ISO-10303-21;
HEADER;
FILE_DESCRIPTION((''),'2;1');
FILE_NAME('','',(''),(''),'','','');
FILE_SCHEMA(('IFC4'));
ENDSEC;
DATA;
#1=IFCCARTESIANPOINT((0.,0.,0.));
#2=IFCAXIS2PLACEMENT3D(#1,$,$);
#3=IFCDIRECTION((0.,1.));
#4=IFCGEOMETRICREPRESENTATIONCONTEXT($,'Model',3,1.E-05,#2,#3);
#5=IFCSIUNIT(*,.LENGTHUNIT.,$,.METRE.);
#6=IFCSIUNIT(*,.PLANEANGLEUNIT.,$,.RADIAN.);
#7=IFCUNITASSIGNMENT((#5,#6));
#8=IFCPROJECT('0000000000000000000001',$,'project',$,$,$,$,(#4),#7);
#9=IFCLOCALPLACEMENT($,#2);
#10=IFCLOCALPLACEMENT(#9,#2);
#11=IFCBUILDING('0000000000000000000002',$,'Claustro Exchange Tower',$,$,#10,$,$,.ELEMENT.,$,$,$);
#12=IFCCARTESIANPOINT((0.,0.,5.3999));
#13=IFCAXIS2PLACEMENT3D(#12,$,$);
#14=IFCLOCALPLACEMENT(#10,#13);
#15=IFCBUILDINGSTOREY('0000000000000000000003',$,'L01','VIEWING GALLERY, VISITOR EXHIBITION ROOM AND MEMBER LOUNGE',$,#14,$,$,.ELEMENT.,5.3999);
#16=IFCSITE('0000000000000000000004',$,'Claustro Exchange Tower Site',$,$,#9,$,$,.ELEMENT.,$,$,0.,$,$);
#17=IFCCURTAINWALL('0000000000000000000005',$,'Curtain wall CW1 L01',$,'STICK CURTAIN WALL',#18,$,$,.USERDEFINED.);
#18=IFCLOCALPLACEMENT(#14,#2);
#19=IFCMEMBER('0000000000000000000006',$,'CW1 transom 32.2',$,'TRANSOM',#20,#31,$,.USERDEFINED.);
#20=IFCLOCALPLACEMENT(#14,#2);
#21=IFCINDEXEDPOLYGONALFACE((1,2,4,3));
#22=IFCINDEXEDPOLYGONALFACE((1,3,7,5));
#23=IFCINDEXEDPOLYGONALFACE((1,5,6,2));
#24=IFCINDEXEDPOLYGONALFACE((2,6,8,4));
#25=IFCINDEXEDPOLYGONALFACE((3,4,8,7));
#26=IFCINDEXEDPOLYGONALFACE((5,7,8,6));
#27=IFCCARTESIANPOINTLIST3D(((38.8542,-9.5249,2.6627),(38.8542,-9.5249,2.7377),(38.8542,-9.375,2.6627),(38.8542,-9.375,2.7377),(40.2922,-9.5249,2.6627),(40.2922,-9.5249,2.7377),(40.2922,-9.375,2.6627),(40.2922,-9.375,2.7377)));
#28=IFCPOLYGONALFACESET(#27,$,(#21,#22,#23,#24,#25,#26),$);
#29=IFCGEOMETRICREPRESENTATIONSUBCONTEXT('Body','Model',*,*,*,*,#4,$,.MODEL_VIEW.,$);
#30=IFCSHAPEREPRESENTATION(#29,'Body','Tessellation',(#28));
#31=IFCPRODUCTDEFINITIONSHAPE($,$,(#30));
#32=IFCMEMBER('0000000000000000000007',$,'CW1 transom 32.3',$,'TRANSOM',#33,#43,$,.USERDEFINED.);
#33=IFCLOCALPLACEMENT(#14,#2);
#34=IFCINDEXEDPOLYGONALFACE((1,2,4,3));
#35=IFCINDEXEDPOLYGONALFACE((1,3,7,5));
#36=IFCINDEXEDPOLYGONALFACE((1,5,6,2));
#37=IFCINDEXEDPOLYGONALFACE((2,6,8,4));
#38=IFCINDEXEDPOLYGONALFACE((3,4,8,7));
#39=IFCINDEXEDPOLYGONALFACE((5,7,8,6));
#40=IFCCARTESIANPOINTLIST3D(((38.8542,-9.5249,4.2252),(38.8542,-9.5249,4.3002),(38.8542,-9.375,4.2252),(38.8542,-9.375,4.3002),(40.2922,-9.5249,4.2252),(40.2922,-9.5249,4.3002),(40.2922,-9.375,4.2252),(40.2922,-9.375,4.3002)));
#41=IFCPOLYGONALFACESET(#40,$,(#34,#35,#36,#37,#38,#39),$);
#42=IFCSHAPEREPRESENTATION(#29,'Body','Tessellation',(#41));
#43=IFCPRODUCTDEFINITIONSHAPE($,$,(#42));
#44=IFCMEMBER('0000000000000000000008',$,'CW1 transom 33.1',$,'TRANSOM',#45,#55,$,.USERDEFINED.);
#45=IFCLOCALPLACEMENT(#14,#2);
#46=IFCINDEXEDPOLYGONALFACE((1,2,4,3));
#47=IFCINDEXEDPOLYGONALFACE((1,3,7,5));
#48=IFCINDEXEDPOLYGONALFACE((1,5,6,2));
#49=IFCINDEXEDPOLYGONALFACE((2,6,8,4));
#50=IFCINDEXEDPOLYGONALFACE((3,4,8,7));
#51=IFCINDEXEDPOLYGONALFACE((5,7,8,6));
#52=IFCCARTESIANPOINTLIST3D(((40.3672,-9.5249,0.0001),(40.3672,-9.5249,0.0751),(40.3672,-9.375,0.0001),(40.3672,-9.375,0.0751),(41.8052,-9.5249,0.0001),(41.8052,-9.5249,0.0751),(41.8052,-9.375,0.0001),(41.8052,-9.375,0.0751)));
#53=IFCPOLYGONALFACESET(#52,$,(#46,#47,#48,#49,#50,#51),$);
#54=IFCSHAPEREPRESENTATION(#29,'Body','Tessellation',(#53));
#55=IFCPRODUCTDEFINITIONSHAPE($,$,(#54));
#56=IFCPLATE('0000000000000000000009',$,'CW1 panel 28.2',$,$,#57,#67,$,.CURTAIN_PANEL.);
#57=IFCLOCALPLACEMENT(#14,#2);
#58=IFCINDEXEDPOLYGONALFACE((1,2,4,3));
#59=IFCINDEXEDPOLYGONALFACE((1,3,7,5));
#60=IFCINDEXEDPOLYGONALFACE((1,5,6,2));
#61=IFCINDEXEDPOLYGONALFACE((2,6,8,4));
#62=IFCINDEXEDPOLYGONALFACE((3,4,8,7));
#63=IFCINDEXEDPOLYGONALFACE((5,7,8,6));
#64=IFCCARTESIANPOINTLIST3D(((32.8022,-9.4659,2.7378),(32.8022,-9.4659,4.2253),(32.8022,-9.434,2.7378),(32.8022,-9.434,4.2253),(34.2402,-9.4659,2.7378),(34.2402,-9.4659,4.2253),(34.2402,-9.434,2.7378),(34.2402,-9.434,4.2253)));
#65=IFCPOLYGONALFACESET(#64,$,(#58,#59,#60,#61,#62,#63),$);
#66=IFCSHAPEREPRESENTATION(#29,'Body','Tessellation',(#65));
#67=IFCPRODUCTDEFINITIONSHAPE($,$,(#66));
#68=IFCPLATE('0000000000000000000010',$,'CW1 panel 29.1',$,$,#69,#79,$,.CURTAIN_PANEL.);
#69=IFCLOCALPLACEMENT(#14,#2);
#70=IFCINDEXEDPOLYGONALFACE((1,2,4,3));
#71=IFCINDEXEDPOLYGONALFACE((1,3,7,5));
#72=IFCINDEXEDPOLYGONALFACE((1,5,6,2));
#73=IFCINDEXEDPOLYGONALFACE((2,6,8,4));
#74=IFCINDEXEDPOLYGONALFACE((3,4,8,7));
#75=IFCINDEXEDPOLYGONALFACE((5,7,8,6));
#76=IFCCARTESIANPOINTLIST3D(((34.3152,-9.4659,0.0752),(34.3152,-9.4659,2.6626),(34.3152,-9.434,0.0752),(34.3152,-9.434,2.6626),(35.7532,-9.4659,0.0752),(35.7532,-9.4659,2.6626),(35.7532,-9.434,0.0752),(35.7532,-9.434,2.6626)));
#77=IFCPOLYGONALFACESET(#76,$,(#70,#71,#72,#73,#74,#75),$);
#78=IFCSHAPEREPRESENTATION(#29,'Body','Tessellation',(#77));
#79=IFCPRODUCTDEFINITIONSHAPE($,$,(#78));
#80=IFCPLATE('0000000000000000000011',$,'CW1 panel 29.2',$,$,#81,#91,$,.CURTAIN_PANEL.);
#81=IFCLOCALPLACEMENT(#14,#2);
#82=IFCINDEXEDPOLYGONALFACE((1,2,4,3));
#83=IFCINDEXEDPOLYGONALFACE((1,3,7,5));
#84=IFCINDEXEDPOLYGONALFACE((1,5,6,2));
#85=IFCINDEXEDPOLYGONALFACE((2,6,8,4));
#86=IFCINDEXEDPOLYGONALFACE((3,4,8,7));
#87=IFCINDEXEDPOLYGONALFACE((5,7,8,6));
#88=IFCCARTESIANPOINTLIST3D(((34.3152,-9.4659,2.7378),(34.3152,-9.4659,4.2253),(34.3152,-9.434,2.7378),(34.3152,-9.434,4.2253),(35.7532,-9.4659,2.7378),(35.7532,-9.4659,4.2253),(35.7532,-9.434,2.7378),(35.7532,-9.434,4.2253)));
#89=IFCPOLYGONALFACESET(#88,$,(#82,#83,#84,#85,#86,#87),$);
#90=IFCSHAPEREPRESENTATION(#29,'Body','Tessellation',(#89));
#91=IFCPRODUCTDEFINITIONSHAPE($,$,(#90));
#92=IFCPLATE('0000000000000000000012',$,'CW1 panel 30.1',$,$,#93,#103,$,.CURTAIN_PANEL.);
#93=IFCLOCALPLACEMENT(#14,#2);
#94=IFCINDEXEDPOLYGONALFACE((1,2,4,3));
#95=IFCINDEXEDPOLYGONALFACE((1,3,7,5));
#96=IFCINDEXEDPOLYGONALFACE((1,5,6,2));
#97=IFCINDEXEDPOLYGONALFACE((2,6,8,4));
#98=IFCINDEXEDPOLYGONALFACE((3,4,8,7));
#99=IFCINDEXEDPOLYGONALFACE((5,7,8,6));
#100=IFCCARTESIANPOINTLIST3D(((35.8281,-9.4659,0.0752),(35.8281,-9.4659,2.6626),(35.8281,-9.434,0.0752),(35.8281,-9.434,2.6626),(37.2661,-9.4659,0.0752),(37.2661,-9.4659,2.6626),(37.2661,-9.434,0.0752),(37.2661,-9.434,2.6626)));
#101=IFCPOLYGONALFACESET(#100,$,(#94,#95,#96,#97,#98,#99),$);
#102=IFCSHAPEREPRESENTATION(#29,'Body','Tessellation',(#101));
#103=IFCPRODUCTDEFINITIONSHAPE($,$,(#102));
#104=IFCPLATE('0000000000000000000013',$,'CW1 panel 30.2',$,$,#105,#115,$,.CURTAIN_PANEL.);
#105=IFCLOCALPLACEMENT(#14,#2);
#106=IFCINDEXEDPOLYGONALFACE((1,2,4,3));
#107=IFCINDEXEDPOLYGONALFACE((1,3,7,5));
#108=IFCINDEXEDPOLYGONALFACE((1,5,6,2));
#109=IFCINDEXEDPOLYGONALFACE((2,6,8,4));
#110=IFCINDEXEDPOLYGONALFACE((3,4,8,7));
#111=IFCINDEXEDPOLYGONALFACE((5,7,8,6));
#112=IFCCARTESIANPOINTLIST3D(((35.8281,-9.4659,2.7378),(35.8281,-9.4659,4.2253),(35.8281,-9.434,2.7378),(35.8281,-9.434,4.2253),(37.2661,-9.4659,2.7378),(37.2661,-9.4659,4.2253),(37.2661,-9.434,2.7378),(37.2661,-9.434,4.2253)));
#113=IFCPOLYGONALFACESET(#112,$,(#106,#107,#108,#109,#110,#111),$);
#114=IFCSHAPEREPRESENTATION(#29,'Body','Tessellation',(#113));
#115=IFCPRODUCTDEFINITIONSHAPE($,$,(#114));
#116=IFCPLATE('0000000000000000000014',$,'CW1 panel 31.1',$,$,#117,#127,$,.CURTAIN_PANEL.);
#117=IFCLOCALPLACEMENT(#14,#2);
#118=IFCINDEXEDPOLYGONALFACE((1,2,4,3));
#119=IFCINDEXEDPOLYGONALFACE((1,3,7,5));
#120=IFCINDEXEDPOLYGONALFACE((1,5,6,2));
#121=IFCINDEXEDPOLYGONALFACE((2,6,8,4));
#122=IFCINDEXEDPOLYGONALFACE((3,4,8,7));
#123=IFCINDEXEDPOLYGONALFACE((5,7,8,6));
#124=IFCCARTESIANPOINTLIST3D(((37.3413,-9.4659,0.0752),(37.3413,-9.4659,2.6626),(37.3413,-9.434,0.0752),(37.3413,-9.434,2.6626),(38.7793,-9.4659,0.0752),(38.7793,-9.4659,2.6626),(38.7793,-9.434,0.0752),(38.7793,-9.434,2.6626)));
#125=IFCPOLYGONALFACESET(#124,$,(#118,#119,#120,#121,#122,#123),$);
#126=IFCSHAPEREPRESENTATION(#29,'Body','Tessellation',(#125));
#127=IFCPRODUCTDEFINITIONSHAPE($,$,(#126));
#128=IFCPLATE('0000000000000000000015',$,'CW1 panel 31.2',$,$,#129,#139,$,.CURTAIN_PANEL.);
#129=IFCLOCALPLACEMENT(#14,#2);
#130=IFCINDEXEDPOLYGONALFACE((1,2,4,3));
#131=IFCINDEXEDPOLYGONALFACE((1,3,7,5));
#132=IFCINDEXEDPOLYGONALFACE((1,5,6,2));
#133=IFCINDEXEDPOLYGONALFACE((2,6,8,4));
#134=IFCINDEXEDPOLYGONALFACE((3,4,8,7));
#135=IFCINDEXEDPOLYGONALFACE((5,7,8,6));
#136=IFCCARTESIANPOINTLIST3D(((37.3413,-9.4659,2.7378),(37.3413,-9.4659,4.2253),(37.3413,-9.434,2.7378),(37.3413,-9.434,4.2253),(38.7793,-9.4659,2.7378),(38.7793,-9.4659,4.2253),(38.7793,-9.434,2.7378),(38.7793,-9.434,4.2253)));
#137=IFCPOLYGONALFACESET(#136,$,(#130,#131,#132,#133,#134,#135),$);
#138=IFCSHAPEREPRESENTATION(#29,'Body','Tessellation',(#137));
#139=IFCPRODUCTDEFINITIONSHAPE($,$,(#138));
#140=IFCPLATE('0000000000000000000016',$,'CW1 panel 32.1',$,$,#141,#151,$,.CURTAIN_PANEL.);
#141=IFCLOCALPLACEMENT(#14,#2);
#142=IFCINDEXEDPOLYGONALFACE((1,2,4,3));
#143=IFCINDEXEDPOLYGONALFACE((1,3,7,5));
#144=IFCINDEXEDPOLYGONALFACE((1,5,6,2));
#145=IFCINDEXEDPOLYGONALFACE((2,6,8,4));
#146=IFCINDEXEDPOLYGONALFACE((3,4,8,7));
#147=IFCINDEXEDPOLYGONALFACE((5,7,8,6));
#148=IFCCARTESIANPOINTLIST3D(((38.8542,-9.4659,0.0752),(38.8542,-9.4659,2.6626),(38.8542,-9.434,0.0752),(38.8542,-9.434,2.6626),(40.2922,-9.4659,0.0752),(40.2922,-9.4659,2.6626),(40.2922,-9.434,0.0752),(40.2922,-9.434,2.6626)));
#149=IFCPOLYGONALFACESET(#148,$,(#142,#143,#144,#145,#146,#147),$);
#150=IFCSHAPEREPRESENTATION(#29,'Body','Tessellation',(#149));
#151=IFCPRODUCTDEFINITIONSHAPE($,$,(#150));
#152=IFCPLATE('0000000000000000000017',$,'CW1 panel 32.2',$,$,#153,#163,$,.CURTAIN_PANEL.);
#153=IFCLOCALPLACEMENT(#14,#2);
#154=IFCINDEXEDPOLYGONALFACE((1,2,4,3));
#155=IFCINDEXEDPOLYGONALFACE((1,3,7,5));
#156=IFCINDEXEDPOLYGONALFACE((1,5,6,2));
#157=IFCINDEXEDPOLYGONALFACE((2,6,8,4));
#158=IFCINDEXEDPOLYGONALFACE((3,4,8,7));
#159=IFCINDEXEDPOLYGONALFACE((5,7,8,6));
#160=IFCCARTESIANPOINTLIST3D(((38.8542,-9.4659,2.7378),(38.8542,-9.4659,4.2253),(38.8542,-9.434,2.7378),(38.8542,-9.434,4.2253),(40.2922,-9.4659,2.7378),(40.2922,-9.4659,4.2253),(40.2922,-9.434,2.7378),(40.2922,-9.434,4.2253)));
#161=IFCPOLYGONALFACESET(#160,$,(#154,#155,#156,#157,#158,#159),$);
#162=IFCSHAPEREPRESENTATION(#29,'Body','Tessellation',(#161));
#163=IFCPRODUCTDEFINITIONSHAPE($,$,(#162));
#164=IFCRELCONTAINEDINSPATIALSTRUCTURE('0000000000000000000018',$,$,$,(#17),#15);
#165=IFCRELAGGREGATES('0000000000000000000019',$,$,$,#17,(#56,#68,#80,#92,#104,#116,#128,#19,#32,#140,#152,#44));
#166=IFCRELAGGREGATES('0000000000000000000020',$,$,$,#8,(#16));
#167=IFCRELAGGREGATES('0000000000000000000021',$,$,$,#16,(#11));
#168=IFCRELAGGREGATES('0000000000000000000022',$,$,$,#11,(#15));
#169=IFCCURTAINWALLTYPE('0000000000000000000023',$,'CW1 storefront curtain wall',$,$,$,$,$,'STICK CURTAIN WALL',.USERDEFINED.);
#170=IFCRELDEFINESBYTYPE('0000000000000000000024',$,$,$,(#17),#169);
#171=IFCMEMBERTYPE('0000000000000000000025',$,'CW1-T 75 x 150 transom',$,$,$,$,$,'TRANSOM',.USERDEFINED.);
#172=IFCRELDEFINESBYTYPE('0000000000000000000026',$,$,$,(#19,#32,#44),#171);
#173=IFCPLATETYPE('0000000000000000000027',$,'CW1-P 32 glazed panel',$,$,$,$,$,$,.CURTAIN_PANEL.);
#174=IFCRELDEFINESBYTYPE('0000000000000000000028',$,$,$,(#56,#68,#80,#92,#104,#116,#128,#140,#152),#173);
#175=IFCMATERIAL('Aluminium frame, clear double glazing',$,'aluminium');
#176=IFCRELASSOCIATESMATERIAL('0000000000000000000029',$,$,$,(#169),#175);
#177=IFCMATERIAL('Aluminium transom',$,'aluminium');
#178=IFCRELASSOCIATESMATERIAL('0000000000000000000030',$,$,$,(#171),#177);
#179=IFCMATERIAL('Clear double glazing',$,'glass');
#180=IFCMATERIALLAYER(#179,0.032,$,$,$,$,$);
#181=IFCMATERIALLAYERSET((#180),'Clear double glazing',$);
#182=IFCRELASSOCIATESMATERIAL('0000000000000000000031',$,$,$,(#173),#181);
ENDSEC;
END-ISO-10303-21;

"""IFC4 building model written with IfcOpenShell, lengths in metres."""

from ifc_helpers import new_model, si_unit, direction, frame, origin, origin_2d, place, context, subcontext, project, spatial, rectangle, extrude, material, layer, layer_set, material_profile, profile_set, type_object, element, aggregate, save


model = new_model("IFC4")

# Units and contexts
model_context = context("Model", 3, precision=1e-05, world=origin(), true_north=direction((0.0, 1.0)))
body_context = subcontext(model_context, "Body", "Model", "MODEL_VIEW")
ifc_project = project(units=[si_unit("LENGTHUNIT", "METRE"), si_unit("PLANEANGLEUNIT", "RADIAN")], contexts=[model_context])

# Site, building, storey
site_placement = place(None, origin())
site = spatial("IfcSite", under=ifc_project, at=site_placement, Name="Claustro Exchange Tower Site", CompositionType="ELEMENT", RefElevation=0.0)
building_placement = place(site_placement, origin())
building = spatial("IfcBuilding", under=site, at=building_placement, Name="Claustro Exchange Tower", CompositionType="ELEMENT")
storey_placement = place(building_placement, frame((0.0, 0.0, 5.3999)))
storey = spatial("IfcBuildingStorey", under=building, at=storey_placement, Name="L01", Description="VIEWING GALLERY, VISITOR EXHIBITION ROOM AND MEMBER LOUNGE", CompositionType="ELEMENT", Elevation=5.3999)

# Curtain wall, members, plates
ifc_material_1 = material(Name="Aluminium frame, clear double glazing", Category="aluminium")
curtain_wall_type = type_object("IfcCurtainWallType", Name="CW1 storefront curtain wall", ElementType="STICK CURTAIN WALL", PredefinedType="USERDEFINED", material=ifc_material_1)
curtain_wall_placement = place(storey_placement, origin())
curtain_wall = element("IfcCurtainWall", 1, at=curtain_wall_placement, inside=storey, type_object=curtain_wall_type, Name="Curtain wall CW1 L01", ObjectType="STICK CURTAIN WALL", PredefinedType="USERDEFINED")
ifc_material_2 = material(Name="Aluminium transom", Category="aluminium")
ifc_material_profile_1 = material_profile(ifc_material_2, rectangle(XDim=0.1499, YDim=0.075, at=origin_2d()), Name="CW1-T 75x150")
ifc_profile_set_1 = profile_set([ifc_material_profile_1], Name="Aluminium transom")
member_type_1 = type_object("IfcMemberType", Name="CW1-T 75 x 150 transom", ElementType="TRANSOM", PredefinedType="USERDEFINED", material=ifc_profile_set_1)
member_1_placement = place(storey_placement, frame((38.8542, -9.45, 2.7002), z_axis=(1.0, 0.0, 0.0), x_axis=(0.0, 1.0, 0.0)))
member_1 = element("IfcMember", 2, at=member_1_placement, type_object=member_type_1, Name="CW1 transom 32.2", ObjectType="TRANSOM", PredefinedType="USERDEFINED", context=body_context, shape_type="SweptSolid", body=[
    extrude(rectangle(XDim=0.1499, YDim=0.075, at=origin_2d()), origin(), (0.0, 0.0, 1.0), 1.438),
])
member_2_placement = place(storey_placement, frame((38.8542, -9.45, 4.2627), z_axis=(1.0, 0.0, 0.0), x_axis=(0.0, 1.0, 0.0)))
member_2 = element("IfcMember", 3, at=member_2_placement, type_object=member_type_1, Name="CW1 transom 32.3", ObjectType="TRANSOM", PredefinedType="USERDEFINED", context=body_context, shape_type="SweptSolid", body=[
    extrude(rectangle(XDim=0.1499, YDim=0.075, at=origin_2d()), origin(), (0.0, 0.0, 1.0), 1.438),
])
member_3_placement = place(storey_placement, frame((40.3672, -9.45, 0.0376), z_axis=(1.0, 0.0, 0.0), x_axis=(0.0, 1.0, 0.0)))
member_3 = element("IfcMember", 4, at=member_3_placement, type_object=member_type_1, Name="CW1 transom 33.1", ObjectType="TRANSOM", PredefinedType="USERDEFINED", context=body_context, shape_type="SweptSolid", body=[
    extrude(rectangle(XDim=0.1499, YDim=0.075, at=origin_2d()), origin(), (0.0, 0.0, 1.0), 1.438),
])
ifc_material_3 = material(Name="Clear double glazing", Category="glass")
ifc_layer = layer(ifc_material_3, 0.032)
ifc_layer_set = layer_set([ifc_layer], Name="Clear double glazing")
plate_type = type_object("IfcPlateType", Name="CW1-P 32 glazed panel", PredefinedType="CURTAIN_PANEL", material=ifc_layer_set)
plate_1_placement = place(storey_placement, frame((33.5212, -9.45, 2.7378), z_axis=(0.0, 0.0, 1.0), x_axis=(1.0, 0.0, 0.0)))
plate_1 = element("IfcPlate", 5, at=plate_1_placement, type_object=plate_type, Name="CW1 panel 28.2", PredefinedType="CURTAIN_PANEL", context=body_context, shape_type="SweptSolid", body=[
    extrude(rectangle(XDim=1.438, YDim=0.032, at=origin_2d()), origin(), (0.0, 0.0, 1.0), 1.4875),
])
plate_2_placement = place(storey_placement, frame((35.0342, -9.45, 0.0752), z_axis=(0.0, 0.0, 1.0), x_axis=(1.0, 0.0, 0.0)))
plate_2 = element("IfcPlate", 6, at=plate_2_placement, type_object=plate_type, Name="CW1 panel 29.1", PredefinedType="CURTAIN_PANEL", context=body_context, shape_type="SweptSolid", body=[
    extrude(rectangle(XDim=1.438, YDim=0.032, at=origin_2d()), origin(), (0.0, 0.0, 1.0), 2.5874),
])
plate_3_placement = place(storey_placement, frame((35.0342, -9.45, 2.7378), z_axis=(0.0, 0.0, 1.0), x_axis=(1.0, 0.0, 0.0)))
plate_3 = element("IfcPlate", 7, at=plate_3_placement, type_object=plate_type, Name="CW1 panel 29.2", PredefinedType="CURTAIN_PANEL", context=body_context, shape_type="SweptSolid", body=[
    extrude(rectangle(XDim=1.438, YDim=0.032, at=origin_2d()), origin(), (0.0, 0.0, 1.0), 1.4875),
])
plate_4_placement = place(storey_placement, frame((36.5471, -9.45, 0.0752), z_axis=(0.0, 0.0, 1.0), x_axis=(1.0, 0.0, 0.0)))
plate_4 = element("IfcPlate", 8, at=plate_4_placement, type_object=plate_type, Name="CW1 panel 30.1", PredefinedType="CURTAIN_PANEL", context=body_context, shape_type="SweptSolid", body=[
    extrude(rectangle(XDim=1.438, YDim=0.032, at=origin_2d()), origin(), (0.0, 0.0, 1.0), 2.5874),
])
plate_5_placement = place(storey_placement, frame((36.5471, -9.45, 2.7378), z_axis=(0.0, 0.0, 1.0), x_axis=(1.0, 0.0, 0.0)))
plate_5 = element("IfcPlate", 9, at=plate_5_placement, type_object=plate_type, Name="CW1 panel 30.2", PredefinedType="CURTAIN_PANEL", context=body_context, shape_type="SweptSolid", body=[
    extrude(rectangle(XDim=1.438, YDim=0.032, at=origin_2d()), origin(), (0.0, 0.0, 1.0), 1.4875),
])
plate_6_placement = place(storey_placement, frame((38.0603, -9.45, 0.0752), z_axis=(0.0, 0.0, 1.0), x_axis=(1.0, 0.0, 0.0)))
plate_6 = element("IfcPlate", 10, at=plate_6_placement, type_object=plate_type, Name="CW1 panel 31.1", PredefinedType="CURTAIN_PANEL", context=body_context, shape_type="SweptSolid", body=[
    extrude(rectangle(XDim=1.438, YDim=0.032, at=origin_2d()), origin(), (0.0, 0.0, 1.0), 2.5874),
])
plate_7_placement = place(storey_placement, frame((38.0603, -9.45, 2.7378), z_axis=(0.0, 0.0, 1.0), x_axis=(1.0, 0.0, 0.0)))
plate_7 = element("IfcPlate", 11, at=plate_7_placement, type_object=plate_type, Name="CW1 panel 31.2", PredefinedType="CURTAIN_PANEL", context=body_context, shape_type="SweptSolid", body=[
    extrude(rectangle(XDim=1.438, YDim=0.032, at=origin_2d()), origin(), (0.0, 0.0, 1.0), 1.4875),
])
plate_8_placement = place(storey_placement, frame((39.5732, -9.45, 0.0752), z_axis=(0.0, 0.0, 1.0), x_axis=(1.0, 0.0, 0.0)))
plate_8 = element("IfcPlate", 12, at=plate_8_placement, type_object=plate_type, Name="CW1 panel 32.1", PredefinedType="CURTAIN_PANEL", context=body_context, shape_type="SweptSolid", body=[
    extrude(rectangle(XDim=1.438, YDim=0.032, at=origin_2d()), origin(), (0.0, 0.0, 1.0), 2.5874),
])
plate_9_placement = place(storey_placement, frame((39.5732, -9.45, 2.7378), z_axis=(0.0, 0.0, 1.0), x_axis=(1.0, 0.0, 0.0)))
plate_9 = element("IfcPlate", 13, at=plate_9_placement, type_object=plate_type, Name="CW1 panel 32.2", PredefinedType="CURTAIN_PANEL", context=body_context, shape_type="SweptSolid", body=[
    extrude(rectangle(XDim=1.438, YDim=0.032, at=origin_2d()), origin(), (0.0, 0.0, 1.0), 1.4875),
])
aggregate(curtain_wall, [plate_1, plate_2, plate_3, plate_4, plate_5, plate_6, plate_7, member_1, member_2, plate_8, plate_9, member_3])

save(model, "model.ifc")
